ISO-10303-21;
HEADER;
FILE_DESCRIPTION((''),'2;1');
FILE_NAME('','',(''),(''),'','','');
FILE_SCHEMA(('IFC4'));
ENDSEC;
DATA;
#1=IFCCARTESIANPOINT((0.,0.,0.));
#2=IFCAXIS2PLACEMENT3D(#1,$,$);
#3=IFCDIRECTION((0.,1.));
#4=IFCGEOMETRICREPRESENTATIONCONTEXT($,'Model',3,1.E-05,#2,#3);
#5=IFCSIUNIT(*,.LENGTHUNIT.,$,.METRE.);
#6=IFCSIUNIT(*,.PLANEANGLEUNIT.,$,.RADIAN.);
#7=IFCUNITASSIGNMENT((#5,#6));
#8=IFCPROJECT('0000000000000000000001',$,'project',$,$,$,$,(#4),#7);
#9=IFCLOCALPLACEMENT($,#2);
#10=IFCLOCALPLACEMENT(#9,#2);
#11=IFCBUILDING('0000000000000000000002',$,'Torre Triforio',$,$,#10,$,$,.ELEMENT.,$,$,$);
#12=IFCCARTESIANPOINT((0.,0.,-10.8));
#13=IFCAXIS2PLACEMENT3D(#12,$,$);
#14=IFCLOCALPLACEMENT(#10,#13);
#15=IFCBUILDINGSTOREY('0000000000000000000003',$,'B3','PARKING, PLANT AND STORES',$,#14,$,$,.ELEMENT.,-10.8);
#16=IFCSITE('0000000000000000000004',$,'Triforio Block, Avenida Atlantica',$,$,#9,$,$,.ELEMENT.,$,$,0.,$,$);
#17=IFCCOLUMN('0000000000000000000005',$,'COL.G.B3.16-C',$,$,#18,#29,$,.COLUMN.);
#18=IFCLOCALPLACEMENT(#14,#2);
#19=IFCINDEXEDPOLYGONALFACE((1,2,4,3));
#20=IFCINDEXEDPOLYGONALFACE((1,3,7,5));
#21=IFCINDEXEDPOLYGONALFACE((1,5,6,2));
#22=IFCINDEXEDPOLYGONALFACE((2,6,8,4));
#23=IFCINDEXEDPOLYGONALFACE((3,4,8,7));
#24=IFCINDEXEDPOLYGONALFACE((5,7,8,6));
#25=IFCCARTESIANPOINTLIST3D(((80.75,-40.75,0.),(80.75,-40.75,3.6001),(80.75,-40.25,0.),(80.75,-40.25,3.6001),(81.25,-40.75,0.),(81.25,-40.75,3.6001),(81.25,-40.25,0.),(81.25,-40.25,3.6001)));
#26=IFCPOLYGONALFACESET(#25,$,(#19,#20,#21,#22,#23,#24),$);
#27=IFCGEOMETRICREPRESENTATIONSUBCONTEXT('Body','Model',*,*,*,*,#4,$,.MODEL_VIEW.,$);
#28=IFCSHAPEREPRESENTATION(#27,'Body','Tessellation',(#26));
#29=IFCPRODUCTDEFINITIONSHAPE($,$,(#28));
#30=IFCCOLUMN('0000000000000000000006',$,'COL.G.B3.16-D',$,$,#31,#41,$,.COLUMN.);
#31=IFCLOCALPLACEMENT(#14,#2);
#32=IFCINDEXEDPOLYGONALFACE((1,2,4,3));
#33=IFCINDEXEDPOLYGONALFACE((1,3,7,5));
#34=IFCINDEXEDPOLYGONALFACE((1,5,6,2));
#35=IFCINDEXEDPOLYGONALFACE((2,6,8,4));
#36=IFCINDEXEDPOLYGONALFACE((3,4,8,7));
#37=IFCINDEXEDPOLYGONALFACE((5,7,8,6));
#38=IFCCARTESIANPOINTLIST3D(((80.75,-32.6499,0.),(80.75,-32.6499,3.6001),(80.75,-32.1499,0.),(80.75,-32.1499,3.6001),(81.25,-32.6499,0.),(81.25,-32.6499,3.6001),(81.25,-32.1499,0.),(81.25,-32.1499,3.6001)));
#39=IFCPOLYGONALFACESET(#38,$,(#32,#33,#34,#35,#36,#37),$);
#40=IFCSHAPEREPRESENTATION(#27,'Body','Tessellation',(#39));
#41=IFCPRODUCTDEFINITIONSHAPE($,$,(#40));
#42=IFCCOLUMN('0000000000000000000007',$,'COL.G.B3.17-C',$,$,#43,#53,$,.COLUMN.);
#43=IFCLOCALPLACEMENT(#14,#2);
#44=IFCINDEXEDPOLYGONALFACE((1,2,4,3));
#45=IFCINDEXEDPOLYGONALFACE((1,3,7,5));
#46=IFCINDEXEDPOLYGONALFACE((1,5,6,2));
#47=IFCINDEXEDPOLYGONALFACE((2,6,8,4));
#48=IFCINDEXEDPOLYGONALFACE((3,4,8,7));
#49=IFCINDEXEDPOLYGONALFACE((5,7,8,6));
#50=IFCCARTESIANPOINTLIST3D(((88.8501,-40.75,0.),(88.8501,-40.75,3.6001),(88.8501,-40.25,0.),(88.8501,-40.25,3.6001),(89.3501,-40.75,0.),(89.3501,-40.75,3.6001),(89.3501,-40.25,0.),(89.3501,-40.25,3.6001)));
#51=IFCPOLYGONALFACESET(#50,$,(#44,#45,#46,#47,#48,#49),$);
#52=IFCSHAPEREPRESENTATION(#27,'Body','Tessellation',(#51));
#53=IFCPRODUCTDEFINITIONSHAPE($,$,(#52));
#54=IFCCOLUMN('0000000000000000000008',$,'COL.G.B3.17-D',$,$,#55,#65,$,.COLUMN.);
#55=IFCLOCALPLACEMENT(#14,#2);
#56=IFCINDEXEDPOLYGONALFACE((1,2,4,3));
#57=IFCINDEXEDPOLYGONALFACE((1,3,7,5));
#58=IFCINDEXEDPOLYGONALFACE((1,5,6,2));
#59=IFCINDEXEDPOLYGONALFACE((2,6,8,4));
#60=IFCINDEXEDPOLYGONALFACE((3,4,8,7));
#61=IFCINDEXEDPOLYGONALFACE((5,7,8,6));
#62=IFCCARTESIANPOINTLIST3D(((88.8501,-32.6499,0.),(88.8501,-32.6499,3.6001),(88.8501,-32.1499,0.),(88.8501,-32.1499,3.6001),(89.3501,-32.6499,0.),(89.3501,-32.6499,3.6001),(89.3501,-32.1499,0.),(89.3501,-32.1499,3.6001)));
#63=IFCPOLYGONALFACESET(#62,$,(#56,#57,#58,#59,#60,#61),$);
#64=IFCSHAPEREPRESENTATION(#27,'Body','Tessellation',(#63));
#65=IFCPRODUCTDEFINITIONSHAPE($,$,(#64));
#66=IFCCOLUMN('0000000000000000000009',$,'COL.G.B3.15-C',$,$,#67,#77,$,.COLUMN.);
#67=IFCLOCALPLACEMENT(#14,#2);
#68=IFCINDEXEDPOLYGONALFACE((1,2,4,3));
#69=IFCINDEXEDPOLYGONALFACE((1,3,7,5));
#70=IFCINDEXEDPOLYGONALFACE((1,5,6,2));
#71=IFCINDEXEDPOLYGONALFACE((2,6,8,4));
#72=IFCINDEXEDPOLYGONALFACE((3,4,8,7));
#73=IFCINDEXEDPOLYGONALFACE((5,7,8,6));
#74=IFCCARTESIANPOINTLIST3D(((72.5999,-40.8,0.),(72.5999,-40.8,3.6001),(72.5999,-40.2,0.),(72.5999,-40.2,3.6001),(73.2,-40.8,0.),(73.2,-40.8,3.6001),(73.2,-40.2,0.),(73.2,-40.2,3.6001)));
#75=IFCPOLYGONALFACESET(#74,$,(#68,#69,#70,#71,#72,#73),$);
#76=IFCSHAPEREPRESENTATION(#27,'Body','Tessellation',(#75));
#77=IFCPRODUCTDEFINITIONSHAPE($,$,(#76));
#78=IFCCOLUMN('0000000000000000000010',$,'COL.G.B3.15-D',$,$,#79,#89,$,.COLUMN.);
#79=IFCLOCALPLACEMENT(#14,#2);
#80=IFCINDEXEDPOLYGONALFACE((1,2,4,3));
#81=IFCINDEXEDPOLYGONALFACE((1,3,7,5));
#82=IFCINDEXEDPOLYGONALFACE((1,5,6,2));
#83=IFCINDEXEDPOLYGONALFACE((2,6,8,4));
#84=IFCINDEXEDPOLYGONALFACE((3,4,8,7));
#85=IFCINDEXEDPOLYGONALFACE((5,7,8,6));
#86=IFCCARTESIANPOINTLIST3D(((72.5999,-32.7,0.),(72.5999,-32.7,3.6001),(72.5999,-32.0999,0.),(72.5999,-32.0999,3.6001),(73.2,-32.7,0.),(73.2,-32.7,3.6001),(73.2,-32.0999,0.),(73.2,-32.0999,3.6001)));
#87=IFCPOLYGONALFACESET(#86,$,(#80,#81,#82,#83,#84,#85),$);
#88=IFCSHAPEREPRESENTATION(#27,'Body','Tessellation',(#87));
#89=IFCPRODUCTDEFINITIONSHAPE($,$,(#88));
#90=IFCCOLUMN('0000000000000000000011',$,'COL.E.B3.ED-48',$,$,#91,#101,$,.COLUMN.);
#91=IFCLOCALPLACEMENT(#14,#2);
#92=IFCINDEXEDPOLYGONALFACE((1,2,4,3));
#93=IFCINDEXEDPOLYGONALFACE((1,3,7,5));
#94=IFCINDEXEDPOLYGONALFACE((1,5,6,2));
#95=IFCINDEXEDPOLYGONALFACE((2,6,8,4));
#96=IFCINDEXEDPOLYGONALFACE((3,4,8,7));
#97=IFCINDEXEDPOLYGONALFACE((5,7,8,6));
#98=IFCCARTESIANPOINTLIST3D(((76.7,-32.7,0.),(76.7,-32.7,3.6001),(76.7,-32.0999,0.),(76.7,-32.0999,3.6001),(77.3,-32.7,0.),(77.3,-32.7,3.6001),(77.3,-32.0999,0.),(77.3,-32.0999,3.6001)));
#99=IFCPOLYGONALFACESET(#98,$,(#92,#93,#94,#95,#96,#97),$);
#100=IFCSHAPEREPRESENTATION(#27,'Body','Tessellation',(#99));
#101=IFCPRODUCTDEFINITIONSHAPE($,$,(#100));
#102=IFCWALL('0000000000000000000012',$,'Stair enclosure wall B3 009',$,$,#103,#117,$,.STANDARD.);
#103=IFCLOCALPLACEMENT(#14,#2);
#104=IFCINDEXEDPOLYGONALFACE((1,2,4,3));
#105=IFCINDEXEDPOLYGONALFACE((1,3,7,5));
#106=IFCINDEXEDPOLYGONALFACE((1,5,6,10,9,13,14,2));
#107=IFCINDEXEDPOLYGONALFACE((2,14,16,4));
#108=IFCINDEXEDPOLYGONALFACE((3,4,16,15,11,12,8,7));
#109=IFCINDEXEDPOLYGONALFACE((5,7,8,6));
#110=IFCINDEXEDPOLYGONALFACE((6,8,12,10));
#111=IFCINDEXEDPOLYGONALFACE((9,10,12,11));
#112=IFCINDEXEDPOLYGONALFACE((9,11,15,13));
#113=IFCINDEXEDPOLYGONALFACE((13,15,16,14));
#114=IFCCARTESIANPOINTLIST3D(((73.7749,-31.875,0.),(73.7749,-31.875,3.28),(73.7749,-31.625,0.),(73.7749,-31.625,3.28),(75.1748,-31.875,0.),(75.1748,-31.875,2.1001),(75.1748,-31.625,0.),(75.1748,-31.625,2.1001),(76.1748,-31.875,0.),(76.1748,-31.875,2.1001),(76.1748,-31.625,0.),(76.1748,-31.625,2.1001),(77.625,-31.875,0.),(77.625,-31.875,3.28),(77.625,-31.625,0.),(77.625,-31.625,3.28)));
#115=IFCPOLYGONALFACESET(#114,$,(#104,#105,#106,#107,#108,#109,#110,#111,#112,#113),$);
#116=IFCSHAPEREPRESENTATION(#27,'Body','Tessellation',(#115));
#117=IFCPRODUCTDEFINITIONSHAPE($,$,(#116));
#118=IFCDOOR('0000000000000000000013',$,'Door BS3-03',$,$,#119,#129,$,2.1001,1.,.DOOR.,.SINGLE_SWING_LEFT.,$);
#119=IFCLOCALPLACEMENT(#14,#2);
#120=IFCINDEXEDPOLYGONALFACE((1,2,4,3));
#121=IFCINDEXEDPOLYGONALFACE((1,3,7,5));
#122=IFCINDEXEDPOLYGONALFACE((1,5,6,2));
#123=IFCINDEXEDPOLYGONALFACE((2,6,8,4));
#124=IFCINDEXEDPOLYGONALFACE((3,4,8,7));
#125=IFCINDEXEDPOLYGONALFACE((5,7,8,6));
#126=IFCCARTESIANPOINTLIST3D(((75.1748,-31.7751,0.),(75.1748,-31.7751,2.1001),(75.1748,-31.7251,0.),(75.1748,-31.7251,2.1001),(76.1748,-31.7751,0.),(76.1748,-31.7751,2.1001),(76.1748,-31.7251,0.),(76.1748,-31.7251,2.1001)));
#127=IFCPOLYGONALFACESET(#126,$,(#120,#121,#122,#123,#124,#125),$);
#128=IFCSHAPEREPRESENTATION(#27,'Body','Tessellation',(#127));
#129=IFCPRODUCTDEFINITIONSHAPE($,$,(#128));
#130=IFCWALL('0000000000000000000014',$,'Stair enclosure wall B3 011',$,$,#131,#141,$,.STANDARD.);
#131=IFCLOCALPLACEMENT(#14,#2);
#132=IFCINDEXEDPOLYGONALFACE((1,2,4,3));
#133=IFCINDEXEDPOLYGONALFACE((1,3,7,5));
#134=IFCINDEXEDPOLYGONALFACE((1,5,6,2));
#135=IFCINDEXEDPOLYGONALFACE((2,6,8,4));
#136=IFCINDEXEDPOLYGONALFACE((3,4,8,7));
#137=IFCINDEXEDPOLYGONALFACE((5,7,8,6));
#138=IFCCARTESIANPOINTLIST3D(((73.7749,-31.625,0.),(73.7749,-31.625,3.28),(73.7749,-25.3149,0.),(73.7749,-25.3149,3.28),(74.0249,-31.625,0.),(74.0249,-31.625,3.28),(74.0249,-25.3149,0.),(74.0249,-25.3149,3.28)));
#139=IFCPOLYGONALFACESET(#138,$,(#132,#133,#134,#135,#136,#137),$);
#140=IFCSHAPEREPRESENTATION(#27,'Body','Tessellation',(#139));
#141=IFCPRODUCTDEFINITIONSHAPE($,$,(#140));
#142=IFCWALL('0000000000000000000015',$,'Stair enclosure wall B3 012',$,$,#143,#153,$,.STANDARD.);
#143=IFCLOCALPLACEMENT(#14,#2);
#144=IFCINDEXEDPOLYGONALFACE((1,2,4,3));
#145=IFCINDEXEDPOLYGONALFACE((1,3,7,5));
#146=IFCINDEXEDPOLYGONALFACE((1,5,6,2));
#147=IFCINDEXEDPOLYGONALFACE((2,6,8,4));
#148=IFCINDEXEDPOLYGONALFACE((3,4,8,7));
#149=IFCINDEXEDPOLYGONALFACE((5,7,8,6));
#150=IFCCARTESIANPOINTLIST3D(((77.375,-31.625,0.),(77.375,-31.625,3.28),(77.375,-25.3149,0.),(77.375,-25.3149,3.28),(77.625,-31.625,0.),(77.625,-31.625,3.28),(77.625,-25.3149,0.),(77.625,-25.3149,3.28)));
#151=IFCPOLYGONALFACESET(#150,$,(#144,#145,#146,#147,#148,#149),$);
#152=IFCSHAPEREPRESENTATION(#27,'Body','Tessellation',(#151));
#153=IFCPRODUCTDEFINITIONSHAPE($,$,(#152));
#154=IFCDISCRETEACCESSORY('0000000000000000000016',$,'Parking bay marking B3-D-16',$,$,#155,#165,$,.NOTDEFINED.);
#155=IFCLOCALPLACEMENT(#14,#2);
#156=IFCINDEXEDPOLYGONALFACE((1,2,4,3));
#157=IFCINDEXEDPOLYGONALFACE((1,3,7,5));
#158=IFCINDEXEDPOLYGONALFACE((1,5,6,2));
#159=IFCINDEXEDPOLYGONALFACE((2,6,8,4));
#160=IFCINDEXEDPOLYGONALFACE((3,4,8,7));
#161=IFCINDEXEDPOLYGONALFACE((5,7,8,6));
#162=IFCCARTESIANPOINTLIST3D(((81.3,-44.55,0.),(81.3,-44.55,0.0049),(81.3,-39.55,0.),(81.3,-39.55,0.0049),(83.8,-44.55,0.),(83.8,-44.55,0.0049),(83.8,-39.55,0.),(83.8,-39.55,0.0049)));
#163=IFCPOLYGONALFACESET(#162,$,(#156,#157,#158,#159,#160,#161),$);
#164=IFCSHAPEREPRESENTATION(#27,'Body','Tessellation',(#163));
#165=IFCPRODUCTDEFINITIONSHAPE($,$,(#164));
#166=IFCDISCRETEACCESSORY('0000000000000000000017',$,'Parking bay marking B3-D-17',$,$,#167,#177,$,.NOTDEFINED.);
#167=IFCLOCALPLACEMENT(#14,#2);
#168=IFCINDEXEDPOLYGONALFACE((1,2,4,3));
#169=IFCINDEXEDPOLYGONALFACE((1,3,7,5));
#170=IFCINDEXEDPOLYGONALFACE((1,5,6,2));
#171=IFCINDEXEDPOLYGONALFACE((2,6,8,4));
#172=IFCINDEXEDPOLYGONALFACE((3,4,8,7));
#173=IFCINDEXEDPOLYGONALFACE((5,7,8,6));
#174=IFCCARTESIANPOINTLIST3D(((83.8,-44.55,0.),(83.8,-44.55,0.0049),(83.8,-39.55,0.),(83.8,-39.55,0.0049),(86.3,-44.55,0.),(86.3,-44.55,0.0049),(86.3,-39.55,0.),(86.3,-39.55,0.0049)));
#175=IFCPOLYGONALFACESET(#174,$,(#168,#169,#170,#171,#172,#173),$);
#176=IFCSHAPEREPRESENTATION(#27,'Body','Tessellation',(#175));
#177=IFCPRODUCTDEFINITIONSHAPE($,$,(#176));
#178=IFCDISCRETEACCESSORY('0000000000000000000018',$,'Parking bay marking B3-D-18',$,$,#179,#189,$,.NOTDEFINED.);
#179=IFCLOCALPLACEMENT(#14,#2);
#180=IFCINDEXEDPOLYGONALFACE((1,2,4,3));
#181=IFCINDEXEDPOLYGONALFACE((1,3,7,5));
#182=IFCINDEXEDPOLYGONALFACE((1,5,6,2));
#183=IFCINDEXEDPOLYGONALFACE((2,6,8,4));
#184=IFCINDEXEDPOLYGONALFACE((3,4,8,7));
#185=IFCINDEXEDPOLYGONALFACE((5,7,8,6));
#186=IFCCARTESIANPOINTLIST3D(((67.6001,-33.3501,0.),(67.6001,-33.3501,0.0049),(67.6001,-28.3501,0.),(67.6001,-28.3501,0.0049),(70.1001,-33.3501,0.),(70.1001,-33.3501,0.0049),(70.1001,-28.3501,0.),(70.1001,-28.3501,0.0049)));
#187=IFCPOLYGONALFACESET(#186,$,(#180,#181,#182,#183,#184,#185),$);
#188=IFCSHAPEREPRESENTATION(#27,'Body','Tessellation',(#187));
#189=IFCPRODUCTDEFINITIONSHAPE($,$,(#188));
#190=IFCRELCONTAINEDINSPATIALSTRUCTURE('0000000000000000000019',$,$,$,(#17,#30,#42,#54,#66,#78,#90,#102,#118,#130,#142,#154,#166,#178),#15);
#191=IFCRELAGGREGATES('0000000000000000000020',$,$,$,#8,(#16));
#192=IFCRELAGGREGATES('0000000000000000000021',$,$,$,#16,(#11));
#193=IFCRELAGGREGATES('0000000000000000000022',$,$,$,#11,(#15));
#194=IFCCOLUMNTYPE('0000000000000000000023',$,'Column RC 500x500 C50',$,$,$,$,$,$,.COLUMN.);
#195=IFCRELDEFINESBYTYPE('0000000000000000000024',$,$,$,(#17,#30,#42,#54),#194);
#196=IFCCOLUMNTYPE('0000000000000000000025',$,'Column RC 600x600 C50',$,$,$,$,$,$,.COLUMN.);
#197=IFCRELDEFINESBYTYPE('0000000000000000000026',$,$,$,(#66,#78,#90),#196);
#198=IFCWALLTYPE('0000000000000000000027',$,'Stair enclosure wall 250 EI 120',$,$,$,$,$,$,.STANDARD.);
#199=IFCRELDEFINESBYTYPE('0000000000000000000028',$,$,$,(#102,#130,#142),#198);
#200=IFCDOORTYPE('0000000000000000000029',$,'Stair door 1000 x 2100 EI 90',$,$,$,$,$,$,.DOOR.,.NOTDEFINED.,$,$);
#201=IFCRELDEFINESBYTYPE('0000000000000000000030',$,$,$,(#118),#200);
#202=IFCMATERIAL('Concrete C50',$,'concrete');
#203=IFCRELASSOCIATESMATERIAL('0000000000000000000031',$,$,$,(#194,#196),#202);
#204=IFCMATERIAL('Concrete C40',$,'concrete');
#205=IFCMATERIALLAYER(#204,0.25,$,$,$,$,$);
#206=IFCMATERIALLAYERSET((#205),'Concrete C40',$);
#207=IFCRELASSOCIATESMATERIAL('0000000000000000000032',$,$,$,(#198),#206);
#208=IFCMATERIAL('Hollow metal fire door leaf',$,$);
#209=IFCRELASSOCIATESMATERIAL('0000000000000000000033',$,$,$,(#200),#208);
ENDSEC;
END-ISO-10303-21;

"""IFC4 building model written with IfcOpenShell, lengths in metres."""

from ifc_helpers import new_model, si_unit, direction, frame, frame_2d, origin, origin_2d, place, context, subcontext, project, spatial, rectangle, extrude, material, layer, layer_set, material_profile, profile_set, type_object, element, fill, save


model = new_model("IFC4")

# Units and contexts
model_context = context("Model", 3, precision=1e-05, world=origin(), true_north=direction((0.0, 1.0)))
body_context = subcontext(model_context, "Body", "Model", "MODEL_VIEW")
ifc_project = project(units=[si_unit("LENGTHUNIT", "METRE"), si_unit("PLANEANGLEUNIT", "RADIAN")], contexts=[model_context])

# Site, building, storey
site_placement = place(None, origin())
site = spatial("IfcSite", under=ifc_project, at=site_placement, Name="Triforio Block, Avenida Atlantica", CompositionType="ELEMENT", RefElevation=0.0)
building_placement = place(site_placement, origin())
building = spatial("IfcBuilding", under=site, at=building_placement, Name="Torre Triforio", CompositionType="ELEMENT")
storey_placement = place(building_placement, frame((0.0, 0.0, -10.8)))
storey = spatial("IfcBuildingStorey", under=building, at=storey_placement, Name="B3", Description="PARKING, PLANT AND STORES", CompositionType="ELEMENT", Elevation=-10.8)

# Shared definitions
ifc_material_1 = material(Name="Concrete C50", Category="concrete")

# Columns
ifc_material_profile_1 = material_profile(ifc_material_1, rectangle(XDim=0.5, YDim=0.5, at=origin_2d()), Name="RC 500x500")
ifc_profile_set_1 = profile_set([ifc_material_profile_1], Name="Concrete C50")
column_type_1 = type_object("IfcColumnType", Name="Column RC 500x500 C50", PredefinedType="COLUMN", material=ifc_profile_set_1)
for number, where, z_axis, x_axis, name in (
    (1, (81.0, -40.5, 0.0), (0.0, 0.0, 1.0), (1.0, 0.0, 0.0), "COL.G.B3.16-C"),
    (2, (81.0, -32.3999, 0.0), (0.0, 0.0, 1.0), (1.0, 0.0, 0.0), "COL.G.B3.16-D"),
    (3, (89.1001, -40.5, 0.0), (0.0, 0.0, 1.0), (1.0, 0.0, 0.0), "COL.G.B3.17-C"),
    (4, (89.1001, -32.3999, 0.0), (0.0, 0.0, 1.0), (1.0, 0.0, 0.0), "COL.G.B3.17-D"),
):
    element("IfcColumn", number, at=place(storey_placement, frame(where, z_axis=z_axis, x_axis=x_axis)), inside=storey, type_object=column_type_1, Name=name, PredefinedType="COLUMN", context=body_context, shape_type="SweptSolid", body=[
        extrude(rectangle(XDim=0.5, YDim=0.5, at=origin_2d()), origin(), (0.0, 0.0, 1.0), 3.6001),
    ])
ifc_material_profile_2 = material_profile(ifc_material_1, rectangle(XDim=0.6001, YDim=0.6001, at=origin_2d()), Name="RC 600x600")
ifc_profile_set_2 = profile_set([ifc_material_profile_2], Name="Concrete C50")
column_type_2 = type_object("IfcColumnType", Name="Column RC 600x600 C50", PredefinedType="COLUMN", material=ifc_profile_set_2)
for number, where, z_axis, x_axis, name in (
    (5, (72.8999, -40.5, 0.0), (0.0, 0.0, 1.0), (1.0, 0.0, 0.0), "COL.G.B3.15-C"),
    (6, (72.8999, -32.3999, 0.0), (0.0, 0.0, 1.0), (1.0, 0.0, 0.0), "COL.G.B3.15-D"),
    (7, (77.0, -32.3999, 0.0), (0.0, 0.0, 1.0), (1.0, 0.0, 0.0), "COL.E.B3.ED-48"),
):
    element("IfcColumn", number, at=place(storey_placement, frame(where, z_axis=z_axis, x_axis=x_axis)), inside=storey, type_object=column_type_2, Name=name, PredefinedType="COLUMN", context=body_context, shape_type="SweptSolid", body=[
        extrude(rectangle(XDim=0.6001, YDim=0.6001, at=origin_2d()), origin(), (0.0, 0.0, 1.0), 3.6001),
    ])

# Wall, opening, door
ifc_material_2 = material(Name="Concrete C40", Category="concrete")
ifc_layer = layer(ifc_material_2, 0.25)
ifc_layer_set = layer_set([ifc_layer], Name="Concrete C40")
wall_type = type_object("IfcWallType", Name="Stair enclosure wall 250 EI 120", PredefinedType="STANDARD", material=ifc_layer_set)
wall_placement = place(storey_placement, frame((73.7749, -31.75, 0.0), z_axis=(0.0, 0.0, 1.0), x_axis=(1.0, 0.0, 0.0)))
wall = element("IfcWall", 8, at=wall_placement, inside=storey, type_object=wall_type, Name="Stair enclosure wall B3 009", PredefinedType="STANDARD", context=body_context, shape_type="SweptSolid", body=[
    extrude(rectangle(XDim=3.8501, YDim=0.25, at=frame_2d((1.925, 0.0))), origin(), (0.0, 0.0, 1.0), 3.28),
])
opening_placement = place(wall_placement, frame((1.3999, 0.0, 0.0)))
opening = element("IfcOpeningElement", 9, at=opening_placement, cuts=wall, PredefinedType="OPENING", context=body_context, shape_type="SweptSolid", body=[
    extrude(rectangle(XDim=1.0, YDim=2.1001, at=frame_2d((0.5, 1.05))), frame((0.0, 0.135, 0.0), z_axis=(0.0, -1.0, 0.0), x_axis=(1.0, 0.0, 0.0)), (0.0, 0.0, 1.0), 0.27),
])
ifc_material_3 = material(Name="Hollow metal fire door leaf")
door_type = type_object("IfcDoorType", Name="Stair door 1000 x 2100 EI 90", OperationType="NOTDEFINED", PredefinedType="DOOR", material=ifc_material_3)
door_placement = place(opening_placement, origin())
door = element("IfcDoor", 10, at=door_placement, inside=storey, type_object=door_type, Name="Door BS3-03", OperationType="SINGLE_SWING_LEFT", OverallHeight=2.1001, OverallWidth=1.0, PredefinedType="DOOR", context=body_context, shape_type="SweptSolid", body=[
    extrude(rectangle(XDim=1.0, YDim=2.1001, at=frame_2d((0.5, 1.05))), frame((0.0, 0.0249, 0.0), z_axis=(0.0, -1.0, 0.0), x_axis=(1.0, 0.0, 0.0)), (0.0, 0.0, 1.0), 0.05),
])
fill(opening, door)

# Walls
for number, where, z_axis, x_axis, name in (
    (11, (73.8999, -31.625, 0.0), (0.0, 0.0, 1.0), (0.0, 1.0, 0.0), "Stair enclosure wall B3 011"),
    (12, (77.5, -31.625, 0.0), (0.0, 0.0, 1.0), (0.0, 1.0, 0.0), "Stair enclosure wall B3 012"),
):
    element("IfcWall", number, at=place(storey_placement, frame(where, z_axis=z_axis, x_axis=x_axis)), inside=storey, type_object=wall_type, Name=name, PredefinedType="STANDARD", context=body_context, shape_type="SweptSolid", body=[
        extrude(rectangle(XDim=6.3101, YDim=0.25, at=frame_2d((3.155, 0.0))), origin(), (0.0, 0.0, 1.0), 3.28),
    ])

# Discrete accessories
for number, where, z_axis, x_axis, name in (
    (13, (82.55, -42.05, 0.0), (0.0, 0.0, 1.0), (1.0, 0.0, 0.0), "Parking bay marking B3-D-16"),
    (14, (85.05, -42.05, 0.0), (0.0, 0.0, 1.0), (1.0, 0.0, 0.0), "Parking bay marking B3-D-17"),
    (15, (68.8501, -30.8501, 0.0), (0.0, 0.0, 1.0), (1.0, 0.0, 0.0), "Parking bay marking B3-D-18"),
):
    element("IfcDiscreteAccessory", number, at=place(storey_placement, frame(where, z_axis=z_axis, x_axis=x_axis)), inside=storey, Name=name, PredefinedType="NOTDEFINED", context=body_context, shape_type="SweptSolid", body=[
        extrude(rectangle(XDim=2.5, YDim=5.0, at=origin_2d()), origin(), (0.0, 0.0, 1.0), 0.0049),
    ])

save(model, "model.ifc")
